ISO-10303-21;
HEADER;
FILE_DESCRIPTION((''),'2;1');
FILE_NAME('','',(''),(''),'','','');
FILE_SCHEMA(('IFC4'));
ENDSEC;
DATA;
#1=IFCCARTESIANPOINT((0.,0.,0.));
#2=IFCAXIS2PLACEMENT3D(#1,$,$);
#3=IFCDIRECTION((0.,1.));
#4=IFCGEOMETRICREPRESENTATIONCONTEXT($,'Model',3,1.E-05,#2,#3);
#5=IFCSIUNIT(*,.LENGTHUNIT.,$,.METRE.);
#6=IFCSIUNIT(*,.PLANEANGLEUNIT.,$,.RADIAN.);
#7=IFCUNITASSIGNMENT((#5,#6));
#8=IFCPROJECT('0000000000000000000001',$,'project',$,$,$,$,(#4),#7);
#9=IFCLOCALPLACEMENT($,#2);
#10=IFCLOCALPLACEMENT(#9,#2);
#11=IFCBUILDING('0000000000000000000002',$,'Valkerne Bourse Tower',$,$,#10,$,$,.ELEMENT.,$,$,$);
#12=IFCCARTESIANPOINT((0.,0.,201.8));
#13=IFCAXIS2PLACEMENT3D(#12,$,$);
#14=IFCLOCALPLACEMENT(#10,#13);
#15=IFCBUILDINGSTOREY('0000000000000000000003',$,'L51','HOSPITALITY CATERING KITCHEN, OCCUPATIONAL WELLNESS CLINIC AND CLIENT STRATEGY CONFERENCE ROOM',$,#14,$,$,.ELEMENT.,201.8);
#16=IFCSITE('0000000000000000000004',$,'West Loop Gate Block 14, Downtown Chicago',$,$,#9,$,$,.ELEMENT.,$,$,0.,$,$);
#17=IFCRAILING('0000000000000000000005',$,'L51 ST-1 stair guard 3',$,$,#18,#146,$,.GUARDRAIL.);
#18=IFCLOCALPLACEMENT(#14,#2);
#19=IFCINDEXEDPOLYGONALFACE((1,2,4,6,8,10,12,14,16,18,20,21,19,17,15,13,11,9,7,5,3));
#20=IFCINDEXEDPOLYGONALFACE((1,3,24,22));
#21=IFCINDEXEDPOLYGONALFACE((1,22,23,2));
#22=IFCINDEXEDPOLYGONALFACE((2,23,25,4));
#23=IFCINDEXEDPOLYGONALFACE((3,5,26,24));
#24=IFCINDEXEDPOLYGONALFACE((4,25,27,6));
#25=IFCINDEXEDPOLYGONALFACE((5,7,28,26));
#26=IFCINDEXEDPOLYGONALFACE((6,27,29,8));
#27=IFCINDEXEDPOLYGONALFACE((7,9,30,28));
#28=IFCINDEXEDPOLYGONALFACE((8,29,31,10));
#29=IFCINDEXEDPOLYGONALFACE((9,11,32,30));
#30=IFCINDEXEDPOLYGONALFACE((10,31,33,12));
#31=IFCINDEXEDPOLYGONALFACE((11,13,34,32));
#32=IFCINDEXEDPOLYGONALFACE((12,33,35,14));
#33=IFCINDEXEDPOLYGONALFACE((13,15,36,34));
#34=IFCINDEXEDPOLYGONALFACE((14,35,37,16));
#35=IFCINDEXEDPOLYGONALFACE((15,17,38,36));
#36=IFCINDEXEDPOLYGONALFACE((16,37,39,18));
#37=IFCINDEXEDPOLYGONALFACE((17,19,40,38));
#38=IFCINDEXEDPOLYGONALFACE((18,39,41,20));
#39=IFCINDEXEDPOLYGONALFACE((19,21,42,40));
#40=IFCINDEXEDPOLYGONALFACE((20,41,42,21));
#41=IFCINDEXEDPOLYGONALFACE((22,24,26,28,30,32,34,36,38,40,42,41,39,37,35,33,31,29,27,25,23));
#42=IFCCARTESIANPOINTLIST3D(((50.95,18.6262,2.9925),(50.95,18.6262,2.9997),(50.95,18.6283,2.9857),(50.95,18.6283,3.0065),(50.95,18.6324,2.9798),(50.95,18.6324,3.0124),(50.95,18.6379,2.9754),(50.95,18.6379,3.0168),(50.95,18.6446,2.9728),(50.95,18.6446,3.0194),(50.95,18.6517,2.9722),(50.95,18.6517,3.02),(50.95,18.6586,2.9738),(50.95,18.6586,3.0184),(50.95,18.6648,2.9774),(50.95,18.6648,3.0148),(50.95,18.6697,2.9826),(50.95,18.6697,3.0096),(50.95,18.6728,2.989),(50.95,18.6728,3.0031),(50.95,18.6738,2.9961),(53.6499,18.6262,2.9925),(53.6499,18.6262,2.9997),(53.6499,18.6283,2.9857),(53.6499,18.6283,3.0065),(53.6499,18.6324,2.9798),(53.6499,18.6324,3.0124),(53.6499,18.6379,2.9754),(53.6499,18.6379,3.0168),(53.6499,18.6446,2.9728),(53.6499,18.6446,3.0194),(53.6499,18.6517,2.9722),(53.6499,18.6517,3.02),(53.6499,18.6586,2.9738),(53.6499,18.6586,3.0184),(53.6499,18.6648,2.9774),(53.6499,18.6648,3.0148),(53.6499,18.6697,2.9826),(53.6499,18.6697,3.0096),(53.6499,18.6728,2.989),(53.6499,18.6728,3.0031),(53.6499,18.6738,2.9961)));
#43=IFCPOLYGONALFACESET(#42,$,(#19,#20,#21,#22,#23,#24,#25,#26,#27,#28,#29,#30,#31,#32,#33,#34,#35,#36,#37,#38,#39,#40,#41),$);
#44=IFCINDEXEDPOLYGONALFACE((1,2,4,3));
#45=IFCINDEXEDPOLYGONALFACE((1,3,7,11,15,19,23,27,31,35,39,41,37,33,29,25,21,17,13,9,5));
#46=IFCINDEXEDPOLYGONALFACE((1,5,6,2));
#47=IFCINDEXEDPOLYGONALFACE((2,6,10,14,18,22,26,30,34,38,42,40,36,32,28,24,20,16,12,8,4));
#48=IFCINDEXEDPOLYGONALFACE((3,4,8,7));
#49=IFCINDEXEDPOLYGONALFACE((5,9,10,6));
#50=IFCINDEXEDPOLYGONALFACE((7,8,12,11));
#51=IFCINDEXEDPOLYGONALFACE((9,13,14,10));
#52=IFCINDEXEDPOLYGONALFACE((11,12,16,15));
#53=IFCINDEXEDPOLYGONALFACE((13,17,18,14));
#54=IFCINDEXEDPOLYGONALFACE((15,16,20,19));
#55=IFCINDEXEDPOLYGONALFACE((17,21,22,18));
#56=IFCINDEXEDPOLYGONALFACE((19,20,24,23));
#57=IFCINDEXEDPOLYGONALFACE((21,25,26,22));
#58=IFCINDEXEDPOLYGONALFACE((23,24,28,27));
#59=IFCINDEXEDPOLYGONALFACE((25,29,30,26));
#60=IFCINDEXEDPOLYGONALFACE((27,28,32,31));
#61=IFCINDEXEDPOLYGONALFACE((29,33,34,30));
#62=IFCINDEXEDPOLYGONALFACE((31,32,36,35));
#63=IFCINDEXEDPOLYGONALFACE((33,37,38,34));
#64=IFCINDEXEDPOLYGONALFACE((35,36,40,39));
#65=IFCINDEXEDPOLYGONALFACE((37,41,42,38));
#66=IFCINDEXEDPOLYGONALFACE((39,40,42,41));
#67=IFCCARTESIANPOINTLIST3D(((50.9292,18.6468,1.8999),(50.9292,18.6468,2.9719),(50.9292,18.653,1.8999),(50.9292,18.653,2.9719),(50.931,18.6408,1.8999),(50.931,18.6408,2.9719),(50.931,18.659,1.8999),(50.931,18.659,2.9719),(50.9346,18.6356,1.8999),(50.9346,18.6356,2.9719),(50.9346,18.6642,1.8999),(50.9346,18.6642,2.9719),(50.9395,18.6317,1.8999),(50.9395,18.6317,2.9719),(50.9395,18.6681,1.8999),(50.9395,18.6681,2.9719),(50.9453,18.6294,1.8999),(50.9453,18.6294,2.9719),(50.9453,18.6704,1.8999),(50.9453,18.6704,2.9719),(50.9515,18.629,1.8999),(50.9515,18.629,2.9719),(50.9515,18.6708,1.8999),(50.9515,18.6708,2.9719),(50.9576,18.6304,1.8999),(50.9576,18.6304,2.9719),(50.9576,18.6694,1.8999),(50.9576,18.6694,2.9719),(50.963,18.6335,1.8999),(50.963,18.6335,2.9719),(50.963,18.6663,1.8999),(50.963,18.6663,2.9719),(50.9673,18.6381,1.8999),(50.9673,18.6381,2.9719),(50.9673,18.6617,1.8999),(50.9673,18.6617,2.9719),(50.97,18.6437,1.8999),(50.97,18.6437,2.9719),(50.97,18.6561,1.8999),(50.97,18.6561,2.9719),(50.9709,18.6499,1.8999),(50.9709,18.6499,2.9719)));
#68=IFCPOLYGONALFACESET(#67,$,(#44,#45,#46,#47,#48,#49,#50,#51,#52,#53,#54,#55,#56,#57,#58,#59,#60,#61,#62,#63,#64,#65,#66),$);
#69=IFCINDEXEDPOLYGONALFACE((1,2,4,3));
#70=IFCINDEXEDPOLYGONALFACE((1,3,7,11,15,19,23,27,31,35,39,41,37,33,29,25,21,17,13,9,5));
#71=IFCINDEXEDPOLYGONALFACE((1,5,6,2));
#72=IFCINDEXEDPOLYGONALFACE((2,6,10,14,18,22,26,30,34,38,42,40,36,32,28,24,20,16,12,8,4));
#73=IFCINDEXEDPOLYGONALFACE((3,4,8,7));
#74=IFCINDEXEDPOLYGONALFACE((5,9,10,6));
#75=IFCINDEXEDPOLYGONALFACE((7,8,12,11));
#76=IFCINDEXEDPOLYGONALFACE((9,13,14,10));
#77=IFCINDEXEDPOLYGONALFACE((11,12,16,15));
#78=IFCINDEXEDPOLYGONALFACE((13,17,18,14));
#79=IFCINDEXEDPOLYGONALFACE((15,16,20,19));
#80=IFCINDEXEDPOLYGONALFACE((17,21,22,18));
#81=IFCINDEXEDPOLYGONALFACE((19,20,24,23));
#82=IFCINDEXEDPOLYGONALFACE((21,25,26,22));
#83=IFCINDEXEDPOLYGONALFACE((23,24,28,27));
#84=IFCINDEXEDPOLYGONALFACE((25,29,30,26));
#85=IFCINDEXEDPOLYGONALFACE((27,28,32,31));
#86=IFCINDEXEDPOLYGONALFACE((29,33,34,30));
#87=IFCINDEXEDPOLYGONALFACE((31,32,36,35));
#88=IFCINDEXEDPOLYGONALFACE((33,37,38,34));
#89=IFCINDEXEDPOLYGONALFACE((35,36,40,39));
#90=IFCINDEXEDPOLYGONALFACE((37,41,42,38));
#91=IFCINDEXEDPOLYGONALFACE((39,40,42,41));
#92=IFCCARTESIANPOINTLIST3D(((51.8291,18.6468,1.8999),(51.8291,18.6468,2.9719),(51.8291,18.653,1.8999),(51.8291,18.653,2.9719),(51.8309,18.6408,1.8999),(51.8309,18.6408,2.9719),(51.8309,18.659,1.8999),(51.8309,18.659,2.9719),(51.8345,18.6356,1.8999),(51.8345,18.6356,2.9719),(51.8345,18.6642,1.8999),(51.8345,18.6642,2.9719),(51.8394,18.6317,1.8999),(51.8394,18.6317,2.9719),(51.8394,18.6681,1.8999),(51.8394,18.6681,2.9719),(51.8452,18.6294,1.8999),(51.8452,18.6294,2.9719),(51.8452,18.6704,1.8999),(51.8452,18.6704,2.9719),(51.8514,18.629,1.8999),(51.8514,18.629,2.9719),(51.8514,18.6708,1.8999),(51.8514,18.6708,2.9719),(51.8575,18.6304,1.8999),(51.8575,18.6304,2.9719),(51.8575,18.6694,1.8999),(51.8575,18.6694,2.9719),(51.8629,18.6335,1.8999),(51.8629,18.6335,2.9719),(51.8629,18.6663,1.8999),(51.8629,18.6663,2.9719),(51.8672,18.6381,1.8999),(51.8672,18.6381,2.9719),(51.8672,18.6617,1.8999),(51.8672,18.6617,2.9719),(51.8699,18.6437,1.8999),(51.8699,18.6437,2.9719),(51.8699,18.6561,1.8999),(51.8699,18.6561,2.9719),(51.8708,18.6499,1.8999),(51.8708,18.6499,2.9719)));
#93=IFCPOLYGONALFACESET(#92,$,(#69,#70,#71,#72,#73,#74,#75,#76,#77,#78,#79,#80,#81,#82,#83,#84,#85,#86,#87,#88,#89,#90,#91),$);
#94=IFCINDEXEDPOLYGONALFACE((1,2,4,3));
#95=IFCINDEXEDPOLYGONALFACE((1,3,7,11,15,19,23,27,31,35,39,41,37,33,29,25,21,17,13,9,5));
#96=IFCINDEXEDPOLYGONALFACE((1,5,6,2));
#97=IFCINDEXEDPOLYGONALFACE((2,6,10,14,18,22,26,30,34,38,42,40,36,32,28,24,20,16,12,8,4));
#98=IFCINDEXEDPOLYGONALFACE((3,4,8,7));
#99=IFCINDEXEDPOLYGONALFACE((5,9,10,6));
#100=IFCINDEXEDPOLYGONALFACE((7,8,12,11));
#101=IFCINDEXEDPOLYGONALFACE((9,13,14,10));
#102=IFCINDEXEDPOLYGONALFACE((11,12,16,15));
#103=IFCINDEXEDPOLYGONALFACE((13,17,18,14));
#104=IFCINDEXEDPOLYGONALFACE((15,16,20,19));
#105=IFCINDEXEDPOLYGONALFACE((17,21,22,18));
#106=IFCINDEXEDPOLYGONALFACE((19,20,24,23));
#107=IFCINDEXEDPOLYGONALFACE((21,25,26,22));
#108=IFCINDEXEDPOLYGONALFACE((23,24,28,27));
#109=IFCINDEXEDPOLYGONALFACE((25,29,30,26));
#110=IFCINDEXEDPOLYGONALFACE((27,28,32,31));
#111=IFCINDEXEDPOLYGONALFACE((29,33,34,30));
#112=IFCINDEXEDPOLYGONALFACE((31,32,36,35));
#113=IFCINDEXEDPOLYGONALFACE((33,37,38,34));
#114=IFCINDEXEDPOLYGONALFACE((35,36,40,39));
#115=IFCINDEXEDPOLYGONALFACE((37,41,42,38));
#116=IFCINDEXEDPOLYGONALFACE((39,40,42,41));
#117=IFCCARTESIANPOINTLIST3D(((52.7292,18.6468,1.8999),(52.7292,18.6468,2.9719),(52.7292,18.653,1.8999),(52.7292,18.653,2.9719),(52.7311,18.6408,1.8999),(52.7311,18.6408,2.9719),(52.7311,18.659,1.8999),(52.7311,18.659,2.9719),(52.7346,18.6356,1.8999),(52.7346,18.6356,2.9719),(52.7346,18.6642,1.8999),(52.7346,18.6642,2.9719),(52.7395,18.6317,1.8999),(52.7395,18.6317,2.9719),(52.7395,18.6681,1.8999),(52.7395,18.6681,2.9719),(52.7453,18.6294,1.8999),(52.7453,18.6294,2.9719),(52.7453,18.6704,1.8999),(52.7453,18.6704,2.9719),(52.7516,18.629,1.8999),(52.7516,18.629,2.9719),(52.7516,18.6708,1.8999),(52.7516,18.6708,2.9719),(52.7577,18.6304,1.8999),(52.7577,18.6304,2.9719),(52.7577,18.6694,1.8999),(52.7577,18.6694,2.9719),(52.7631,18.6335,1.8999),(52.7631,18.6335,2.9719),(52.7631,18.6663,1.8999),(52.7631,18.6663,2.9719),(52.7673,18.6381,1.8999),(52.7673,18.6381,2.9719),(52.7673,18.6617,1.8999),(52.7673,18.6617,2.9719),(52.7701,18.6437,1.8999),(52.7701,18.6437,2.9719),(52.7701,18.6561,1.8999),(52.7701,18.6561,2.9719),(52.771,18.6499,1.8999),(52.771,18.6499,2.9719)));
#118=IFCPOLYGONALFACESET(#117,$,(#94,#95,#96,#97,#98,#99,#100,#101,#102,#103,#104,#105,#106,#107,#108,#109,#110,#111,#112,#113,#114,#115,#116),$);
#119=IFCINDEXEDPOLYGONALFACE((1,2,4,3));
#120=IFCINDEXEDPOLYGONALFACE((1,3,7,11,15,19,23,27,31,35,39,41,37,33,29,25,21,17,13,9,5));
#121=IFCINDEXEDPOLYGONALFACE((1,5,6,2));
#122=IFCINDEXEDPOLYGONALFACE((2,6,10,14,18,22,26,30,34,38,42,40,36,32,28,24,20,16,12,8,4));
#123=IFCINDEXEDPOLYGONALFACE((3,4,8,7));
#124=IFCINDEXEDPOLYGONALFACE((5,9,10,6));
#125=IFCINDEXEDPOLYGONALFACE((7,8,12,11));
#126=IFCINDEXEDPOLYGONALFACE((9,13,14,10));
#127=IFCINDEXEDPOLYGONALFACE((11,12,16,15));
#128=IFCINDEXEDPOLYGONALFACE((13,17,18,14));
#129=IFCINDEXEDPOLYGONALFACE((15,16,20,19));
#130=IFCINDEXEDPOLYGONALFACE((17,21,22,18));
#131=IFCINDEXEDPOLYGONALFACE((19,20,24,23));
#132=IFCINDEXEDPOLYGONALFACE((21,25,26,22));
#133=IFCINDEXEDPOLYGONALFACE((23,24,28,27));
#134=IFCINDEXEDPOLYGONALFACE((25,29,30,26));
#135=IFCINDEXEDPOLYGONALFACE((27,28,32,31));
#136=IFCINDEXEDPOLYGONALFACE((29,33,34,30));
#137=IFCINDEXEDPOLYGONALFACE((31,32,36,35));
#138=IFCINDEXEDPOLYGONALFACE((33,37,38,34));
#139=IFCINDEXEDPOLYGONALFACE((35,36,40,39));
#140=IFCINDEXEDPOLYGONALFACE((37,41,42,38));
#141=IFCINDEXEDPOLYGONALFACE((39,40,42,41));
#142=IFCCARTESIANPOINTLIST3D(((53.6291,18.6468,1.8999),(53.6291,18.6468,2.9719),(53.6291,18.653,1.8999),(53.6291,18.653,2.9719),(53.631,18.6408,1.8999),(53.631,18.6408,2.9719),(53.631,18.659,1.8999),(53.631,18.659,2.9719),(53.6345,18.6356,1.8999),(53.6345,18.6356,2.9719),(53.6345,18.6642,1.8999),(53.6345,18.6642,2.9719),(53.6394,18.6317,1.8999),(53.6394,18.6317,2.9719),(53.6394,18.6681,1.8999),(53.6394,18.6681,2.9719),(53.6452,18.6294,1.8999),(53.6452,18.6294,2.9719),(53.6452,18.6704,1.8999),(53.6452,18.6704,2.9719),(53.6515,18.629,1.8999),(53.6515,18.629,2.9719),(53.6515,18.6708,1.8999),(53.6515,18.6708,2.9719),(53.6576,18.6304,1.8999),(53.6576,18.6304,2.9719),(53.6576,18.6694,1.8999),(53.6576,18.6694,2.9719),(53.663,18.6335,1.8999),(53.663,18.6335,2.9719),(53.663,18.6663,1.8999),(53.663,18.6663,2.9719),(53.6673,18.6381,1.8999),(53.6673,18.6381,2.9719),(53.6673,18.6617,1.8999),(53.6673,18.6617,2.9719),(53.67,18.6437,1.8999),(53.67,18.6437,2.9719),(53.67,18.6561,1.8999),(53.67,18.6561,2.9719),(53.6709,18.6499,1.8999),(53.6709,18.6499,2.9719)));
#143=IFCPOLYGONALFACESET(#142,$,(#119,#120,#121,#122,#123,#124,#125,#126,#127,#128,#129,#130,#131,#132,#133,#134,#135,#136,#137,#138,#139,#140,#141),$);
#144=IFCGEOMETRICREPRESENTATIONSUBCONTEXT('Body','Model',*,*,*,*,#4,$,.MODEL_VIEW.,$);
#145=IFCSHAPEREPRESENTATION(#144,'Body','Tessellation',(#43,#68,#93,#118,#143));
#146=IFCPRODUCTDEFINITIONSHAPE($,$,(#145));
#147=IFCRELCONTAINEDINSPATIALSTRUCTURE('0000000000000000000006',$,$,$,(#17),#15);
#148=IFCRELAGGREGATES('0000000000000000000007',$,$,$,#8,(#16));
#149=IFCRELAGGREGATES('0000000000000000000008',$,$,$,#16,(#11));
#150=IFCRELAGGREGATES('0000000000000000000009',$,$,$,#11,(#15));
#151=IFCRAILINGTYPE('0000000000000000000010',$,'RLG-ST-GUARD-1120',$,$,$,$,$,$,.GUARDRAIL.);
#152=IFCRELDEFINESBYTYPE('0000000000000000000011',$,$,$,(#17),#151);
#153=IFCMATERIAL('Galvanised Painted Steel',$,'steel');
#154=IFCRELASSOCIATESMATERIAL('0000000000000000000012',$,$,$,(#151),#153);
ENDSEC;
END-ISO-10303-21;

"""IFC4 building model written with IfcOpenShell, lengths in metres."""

from ifc_helpers import new_model, si_unit, direction, frame, origin, origin_2d, place, context, subcontext, project, spatial, circle, extrude, material, type_object, element, save


model = new_model("IFC4")

# Units and contexts
model_context = context("Model", 3, precision=1e-05, world=origin(), true_north=direction((0.0, 1.0)))
body_context = subcontext(model_context, "Body", "Model", "MODEL_VIEW")
ifc_project = project(units=[si_unit("LENGTHUNIT", "METRE"), si_unit("PLANEANGLEUNIT", "RADIAN")], contexts=[model_context])

# Site, building, storey
site_placement = place(None, origin())
site = spatial("IfcSite", under=ifc_project, at=site_placement, Name="West Loop Gate Block 14, Downtown Chicago", CompositionType="ELEMENT", RefElevation=0.0)
building_placement = place(site_placement, origin())
building = spatial("IfcBuilding", under=site, at=building_placement, Name="Valkerne Bourse Tower", CompositionType="ELEMENT")
storey_placement = place(building_placement, frame((0.0, 0.0, 201.8)))
storey = spatial("IfcBuildingStorey", under=building, at=storey_placement, Name="L51", Description="HOSPITALITY CATERING KITCHEN, OCCUPATIONAL WELLNESS CLINIC AND CLIENT STRATEGY CONFERENCE ROOM", CompositionType="ELEMENT", Elevation=201.8)

# Shared definitions
ifc_material_1 = material(Name="Galvanised Painted Steel", Category="steel")

# Railing
railing_type_1 = type_object("IfcRailingType", Name="RLG-ST-GUARD-1120", PredefinedType="GUARDRAIL", material=ifc_material_1)
for number, where, name in (
    (1, (50.95, 18.6499, 1.8999), "L51 ST-1 stair guard 3"),
):
    element("IfcRailing", number, at=place(storey_placement, frame(where)), inside=storey, type_object=railing_type_1, Name=name, PredefinedType="GUARDRAIL", context=body_context, shape_type="SweptSolid", body=[
        extrude(circle(Radius=0.0239, at=origin_2d()), frame((0.0, 0.0, 1.0962), z_axis=(1.0, 0.0, 0.0), x_axis=(0.0, 1.0, 0.0)), (0.0, 0.0, 1.0), 2.7),
        extrude(circle(Radius=0.021, at=origin_2d()), origin(), (0.0, 0.0, 1.0), 1.072),
        extrude(circle(Radius=0.021, at=origin_2d()), frame((0.8999, 0.0, 0.0)), (0.0, 0.0, 1.0), 1.072),
        extrude(circle(Radius=0.021, at=origin_2d()), frame((1.8, 0.0, 0.0)), (0.0, 0.0, 1.0), 1.072),
        extrude(circle(Radius=0.021, at=origin_2d()), frame((2.7, 0.0, 0.0)), (0.0, 0.0, 1.0), 1.072),
    ])

save(model, "model.ifc")
